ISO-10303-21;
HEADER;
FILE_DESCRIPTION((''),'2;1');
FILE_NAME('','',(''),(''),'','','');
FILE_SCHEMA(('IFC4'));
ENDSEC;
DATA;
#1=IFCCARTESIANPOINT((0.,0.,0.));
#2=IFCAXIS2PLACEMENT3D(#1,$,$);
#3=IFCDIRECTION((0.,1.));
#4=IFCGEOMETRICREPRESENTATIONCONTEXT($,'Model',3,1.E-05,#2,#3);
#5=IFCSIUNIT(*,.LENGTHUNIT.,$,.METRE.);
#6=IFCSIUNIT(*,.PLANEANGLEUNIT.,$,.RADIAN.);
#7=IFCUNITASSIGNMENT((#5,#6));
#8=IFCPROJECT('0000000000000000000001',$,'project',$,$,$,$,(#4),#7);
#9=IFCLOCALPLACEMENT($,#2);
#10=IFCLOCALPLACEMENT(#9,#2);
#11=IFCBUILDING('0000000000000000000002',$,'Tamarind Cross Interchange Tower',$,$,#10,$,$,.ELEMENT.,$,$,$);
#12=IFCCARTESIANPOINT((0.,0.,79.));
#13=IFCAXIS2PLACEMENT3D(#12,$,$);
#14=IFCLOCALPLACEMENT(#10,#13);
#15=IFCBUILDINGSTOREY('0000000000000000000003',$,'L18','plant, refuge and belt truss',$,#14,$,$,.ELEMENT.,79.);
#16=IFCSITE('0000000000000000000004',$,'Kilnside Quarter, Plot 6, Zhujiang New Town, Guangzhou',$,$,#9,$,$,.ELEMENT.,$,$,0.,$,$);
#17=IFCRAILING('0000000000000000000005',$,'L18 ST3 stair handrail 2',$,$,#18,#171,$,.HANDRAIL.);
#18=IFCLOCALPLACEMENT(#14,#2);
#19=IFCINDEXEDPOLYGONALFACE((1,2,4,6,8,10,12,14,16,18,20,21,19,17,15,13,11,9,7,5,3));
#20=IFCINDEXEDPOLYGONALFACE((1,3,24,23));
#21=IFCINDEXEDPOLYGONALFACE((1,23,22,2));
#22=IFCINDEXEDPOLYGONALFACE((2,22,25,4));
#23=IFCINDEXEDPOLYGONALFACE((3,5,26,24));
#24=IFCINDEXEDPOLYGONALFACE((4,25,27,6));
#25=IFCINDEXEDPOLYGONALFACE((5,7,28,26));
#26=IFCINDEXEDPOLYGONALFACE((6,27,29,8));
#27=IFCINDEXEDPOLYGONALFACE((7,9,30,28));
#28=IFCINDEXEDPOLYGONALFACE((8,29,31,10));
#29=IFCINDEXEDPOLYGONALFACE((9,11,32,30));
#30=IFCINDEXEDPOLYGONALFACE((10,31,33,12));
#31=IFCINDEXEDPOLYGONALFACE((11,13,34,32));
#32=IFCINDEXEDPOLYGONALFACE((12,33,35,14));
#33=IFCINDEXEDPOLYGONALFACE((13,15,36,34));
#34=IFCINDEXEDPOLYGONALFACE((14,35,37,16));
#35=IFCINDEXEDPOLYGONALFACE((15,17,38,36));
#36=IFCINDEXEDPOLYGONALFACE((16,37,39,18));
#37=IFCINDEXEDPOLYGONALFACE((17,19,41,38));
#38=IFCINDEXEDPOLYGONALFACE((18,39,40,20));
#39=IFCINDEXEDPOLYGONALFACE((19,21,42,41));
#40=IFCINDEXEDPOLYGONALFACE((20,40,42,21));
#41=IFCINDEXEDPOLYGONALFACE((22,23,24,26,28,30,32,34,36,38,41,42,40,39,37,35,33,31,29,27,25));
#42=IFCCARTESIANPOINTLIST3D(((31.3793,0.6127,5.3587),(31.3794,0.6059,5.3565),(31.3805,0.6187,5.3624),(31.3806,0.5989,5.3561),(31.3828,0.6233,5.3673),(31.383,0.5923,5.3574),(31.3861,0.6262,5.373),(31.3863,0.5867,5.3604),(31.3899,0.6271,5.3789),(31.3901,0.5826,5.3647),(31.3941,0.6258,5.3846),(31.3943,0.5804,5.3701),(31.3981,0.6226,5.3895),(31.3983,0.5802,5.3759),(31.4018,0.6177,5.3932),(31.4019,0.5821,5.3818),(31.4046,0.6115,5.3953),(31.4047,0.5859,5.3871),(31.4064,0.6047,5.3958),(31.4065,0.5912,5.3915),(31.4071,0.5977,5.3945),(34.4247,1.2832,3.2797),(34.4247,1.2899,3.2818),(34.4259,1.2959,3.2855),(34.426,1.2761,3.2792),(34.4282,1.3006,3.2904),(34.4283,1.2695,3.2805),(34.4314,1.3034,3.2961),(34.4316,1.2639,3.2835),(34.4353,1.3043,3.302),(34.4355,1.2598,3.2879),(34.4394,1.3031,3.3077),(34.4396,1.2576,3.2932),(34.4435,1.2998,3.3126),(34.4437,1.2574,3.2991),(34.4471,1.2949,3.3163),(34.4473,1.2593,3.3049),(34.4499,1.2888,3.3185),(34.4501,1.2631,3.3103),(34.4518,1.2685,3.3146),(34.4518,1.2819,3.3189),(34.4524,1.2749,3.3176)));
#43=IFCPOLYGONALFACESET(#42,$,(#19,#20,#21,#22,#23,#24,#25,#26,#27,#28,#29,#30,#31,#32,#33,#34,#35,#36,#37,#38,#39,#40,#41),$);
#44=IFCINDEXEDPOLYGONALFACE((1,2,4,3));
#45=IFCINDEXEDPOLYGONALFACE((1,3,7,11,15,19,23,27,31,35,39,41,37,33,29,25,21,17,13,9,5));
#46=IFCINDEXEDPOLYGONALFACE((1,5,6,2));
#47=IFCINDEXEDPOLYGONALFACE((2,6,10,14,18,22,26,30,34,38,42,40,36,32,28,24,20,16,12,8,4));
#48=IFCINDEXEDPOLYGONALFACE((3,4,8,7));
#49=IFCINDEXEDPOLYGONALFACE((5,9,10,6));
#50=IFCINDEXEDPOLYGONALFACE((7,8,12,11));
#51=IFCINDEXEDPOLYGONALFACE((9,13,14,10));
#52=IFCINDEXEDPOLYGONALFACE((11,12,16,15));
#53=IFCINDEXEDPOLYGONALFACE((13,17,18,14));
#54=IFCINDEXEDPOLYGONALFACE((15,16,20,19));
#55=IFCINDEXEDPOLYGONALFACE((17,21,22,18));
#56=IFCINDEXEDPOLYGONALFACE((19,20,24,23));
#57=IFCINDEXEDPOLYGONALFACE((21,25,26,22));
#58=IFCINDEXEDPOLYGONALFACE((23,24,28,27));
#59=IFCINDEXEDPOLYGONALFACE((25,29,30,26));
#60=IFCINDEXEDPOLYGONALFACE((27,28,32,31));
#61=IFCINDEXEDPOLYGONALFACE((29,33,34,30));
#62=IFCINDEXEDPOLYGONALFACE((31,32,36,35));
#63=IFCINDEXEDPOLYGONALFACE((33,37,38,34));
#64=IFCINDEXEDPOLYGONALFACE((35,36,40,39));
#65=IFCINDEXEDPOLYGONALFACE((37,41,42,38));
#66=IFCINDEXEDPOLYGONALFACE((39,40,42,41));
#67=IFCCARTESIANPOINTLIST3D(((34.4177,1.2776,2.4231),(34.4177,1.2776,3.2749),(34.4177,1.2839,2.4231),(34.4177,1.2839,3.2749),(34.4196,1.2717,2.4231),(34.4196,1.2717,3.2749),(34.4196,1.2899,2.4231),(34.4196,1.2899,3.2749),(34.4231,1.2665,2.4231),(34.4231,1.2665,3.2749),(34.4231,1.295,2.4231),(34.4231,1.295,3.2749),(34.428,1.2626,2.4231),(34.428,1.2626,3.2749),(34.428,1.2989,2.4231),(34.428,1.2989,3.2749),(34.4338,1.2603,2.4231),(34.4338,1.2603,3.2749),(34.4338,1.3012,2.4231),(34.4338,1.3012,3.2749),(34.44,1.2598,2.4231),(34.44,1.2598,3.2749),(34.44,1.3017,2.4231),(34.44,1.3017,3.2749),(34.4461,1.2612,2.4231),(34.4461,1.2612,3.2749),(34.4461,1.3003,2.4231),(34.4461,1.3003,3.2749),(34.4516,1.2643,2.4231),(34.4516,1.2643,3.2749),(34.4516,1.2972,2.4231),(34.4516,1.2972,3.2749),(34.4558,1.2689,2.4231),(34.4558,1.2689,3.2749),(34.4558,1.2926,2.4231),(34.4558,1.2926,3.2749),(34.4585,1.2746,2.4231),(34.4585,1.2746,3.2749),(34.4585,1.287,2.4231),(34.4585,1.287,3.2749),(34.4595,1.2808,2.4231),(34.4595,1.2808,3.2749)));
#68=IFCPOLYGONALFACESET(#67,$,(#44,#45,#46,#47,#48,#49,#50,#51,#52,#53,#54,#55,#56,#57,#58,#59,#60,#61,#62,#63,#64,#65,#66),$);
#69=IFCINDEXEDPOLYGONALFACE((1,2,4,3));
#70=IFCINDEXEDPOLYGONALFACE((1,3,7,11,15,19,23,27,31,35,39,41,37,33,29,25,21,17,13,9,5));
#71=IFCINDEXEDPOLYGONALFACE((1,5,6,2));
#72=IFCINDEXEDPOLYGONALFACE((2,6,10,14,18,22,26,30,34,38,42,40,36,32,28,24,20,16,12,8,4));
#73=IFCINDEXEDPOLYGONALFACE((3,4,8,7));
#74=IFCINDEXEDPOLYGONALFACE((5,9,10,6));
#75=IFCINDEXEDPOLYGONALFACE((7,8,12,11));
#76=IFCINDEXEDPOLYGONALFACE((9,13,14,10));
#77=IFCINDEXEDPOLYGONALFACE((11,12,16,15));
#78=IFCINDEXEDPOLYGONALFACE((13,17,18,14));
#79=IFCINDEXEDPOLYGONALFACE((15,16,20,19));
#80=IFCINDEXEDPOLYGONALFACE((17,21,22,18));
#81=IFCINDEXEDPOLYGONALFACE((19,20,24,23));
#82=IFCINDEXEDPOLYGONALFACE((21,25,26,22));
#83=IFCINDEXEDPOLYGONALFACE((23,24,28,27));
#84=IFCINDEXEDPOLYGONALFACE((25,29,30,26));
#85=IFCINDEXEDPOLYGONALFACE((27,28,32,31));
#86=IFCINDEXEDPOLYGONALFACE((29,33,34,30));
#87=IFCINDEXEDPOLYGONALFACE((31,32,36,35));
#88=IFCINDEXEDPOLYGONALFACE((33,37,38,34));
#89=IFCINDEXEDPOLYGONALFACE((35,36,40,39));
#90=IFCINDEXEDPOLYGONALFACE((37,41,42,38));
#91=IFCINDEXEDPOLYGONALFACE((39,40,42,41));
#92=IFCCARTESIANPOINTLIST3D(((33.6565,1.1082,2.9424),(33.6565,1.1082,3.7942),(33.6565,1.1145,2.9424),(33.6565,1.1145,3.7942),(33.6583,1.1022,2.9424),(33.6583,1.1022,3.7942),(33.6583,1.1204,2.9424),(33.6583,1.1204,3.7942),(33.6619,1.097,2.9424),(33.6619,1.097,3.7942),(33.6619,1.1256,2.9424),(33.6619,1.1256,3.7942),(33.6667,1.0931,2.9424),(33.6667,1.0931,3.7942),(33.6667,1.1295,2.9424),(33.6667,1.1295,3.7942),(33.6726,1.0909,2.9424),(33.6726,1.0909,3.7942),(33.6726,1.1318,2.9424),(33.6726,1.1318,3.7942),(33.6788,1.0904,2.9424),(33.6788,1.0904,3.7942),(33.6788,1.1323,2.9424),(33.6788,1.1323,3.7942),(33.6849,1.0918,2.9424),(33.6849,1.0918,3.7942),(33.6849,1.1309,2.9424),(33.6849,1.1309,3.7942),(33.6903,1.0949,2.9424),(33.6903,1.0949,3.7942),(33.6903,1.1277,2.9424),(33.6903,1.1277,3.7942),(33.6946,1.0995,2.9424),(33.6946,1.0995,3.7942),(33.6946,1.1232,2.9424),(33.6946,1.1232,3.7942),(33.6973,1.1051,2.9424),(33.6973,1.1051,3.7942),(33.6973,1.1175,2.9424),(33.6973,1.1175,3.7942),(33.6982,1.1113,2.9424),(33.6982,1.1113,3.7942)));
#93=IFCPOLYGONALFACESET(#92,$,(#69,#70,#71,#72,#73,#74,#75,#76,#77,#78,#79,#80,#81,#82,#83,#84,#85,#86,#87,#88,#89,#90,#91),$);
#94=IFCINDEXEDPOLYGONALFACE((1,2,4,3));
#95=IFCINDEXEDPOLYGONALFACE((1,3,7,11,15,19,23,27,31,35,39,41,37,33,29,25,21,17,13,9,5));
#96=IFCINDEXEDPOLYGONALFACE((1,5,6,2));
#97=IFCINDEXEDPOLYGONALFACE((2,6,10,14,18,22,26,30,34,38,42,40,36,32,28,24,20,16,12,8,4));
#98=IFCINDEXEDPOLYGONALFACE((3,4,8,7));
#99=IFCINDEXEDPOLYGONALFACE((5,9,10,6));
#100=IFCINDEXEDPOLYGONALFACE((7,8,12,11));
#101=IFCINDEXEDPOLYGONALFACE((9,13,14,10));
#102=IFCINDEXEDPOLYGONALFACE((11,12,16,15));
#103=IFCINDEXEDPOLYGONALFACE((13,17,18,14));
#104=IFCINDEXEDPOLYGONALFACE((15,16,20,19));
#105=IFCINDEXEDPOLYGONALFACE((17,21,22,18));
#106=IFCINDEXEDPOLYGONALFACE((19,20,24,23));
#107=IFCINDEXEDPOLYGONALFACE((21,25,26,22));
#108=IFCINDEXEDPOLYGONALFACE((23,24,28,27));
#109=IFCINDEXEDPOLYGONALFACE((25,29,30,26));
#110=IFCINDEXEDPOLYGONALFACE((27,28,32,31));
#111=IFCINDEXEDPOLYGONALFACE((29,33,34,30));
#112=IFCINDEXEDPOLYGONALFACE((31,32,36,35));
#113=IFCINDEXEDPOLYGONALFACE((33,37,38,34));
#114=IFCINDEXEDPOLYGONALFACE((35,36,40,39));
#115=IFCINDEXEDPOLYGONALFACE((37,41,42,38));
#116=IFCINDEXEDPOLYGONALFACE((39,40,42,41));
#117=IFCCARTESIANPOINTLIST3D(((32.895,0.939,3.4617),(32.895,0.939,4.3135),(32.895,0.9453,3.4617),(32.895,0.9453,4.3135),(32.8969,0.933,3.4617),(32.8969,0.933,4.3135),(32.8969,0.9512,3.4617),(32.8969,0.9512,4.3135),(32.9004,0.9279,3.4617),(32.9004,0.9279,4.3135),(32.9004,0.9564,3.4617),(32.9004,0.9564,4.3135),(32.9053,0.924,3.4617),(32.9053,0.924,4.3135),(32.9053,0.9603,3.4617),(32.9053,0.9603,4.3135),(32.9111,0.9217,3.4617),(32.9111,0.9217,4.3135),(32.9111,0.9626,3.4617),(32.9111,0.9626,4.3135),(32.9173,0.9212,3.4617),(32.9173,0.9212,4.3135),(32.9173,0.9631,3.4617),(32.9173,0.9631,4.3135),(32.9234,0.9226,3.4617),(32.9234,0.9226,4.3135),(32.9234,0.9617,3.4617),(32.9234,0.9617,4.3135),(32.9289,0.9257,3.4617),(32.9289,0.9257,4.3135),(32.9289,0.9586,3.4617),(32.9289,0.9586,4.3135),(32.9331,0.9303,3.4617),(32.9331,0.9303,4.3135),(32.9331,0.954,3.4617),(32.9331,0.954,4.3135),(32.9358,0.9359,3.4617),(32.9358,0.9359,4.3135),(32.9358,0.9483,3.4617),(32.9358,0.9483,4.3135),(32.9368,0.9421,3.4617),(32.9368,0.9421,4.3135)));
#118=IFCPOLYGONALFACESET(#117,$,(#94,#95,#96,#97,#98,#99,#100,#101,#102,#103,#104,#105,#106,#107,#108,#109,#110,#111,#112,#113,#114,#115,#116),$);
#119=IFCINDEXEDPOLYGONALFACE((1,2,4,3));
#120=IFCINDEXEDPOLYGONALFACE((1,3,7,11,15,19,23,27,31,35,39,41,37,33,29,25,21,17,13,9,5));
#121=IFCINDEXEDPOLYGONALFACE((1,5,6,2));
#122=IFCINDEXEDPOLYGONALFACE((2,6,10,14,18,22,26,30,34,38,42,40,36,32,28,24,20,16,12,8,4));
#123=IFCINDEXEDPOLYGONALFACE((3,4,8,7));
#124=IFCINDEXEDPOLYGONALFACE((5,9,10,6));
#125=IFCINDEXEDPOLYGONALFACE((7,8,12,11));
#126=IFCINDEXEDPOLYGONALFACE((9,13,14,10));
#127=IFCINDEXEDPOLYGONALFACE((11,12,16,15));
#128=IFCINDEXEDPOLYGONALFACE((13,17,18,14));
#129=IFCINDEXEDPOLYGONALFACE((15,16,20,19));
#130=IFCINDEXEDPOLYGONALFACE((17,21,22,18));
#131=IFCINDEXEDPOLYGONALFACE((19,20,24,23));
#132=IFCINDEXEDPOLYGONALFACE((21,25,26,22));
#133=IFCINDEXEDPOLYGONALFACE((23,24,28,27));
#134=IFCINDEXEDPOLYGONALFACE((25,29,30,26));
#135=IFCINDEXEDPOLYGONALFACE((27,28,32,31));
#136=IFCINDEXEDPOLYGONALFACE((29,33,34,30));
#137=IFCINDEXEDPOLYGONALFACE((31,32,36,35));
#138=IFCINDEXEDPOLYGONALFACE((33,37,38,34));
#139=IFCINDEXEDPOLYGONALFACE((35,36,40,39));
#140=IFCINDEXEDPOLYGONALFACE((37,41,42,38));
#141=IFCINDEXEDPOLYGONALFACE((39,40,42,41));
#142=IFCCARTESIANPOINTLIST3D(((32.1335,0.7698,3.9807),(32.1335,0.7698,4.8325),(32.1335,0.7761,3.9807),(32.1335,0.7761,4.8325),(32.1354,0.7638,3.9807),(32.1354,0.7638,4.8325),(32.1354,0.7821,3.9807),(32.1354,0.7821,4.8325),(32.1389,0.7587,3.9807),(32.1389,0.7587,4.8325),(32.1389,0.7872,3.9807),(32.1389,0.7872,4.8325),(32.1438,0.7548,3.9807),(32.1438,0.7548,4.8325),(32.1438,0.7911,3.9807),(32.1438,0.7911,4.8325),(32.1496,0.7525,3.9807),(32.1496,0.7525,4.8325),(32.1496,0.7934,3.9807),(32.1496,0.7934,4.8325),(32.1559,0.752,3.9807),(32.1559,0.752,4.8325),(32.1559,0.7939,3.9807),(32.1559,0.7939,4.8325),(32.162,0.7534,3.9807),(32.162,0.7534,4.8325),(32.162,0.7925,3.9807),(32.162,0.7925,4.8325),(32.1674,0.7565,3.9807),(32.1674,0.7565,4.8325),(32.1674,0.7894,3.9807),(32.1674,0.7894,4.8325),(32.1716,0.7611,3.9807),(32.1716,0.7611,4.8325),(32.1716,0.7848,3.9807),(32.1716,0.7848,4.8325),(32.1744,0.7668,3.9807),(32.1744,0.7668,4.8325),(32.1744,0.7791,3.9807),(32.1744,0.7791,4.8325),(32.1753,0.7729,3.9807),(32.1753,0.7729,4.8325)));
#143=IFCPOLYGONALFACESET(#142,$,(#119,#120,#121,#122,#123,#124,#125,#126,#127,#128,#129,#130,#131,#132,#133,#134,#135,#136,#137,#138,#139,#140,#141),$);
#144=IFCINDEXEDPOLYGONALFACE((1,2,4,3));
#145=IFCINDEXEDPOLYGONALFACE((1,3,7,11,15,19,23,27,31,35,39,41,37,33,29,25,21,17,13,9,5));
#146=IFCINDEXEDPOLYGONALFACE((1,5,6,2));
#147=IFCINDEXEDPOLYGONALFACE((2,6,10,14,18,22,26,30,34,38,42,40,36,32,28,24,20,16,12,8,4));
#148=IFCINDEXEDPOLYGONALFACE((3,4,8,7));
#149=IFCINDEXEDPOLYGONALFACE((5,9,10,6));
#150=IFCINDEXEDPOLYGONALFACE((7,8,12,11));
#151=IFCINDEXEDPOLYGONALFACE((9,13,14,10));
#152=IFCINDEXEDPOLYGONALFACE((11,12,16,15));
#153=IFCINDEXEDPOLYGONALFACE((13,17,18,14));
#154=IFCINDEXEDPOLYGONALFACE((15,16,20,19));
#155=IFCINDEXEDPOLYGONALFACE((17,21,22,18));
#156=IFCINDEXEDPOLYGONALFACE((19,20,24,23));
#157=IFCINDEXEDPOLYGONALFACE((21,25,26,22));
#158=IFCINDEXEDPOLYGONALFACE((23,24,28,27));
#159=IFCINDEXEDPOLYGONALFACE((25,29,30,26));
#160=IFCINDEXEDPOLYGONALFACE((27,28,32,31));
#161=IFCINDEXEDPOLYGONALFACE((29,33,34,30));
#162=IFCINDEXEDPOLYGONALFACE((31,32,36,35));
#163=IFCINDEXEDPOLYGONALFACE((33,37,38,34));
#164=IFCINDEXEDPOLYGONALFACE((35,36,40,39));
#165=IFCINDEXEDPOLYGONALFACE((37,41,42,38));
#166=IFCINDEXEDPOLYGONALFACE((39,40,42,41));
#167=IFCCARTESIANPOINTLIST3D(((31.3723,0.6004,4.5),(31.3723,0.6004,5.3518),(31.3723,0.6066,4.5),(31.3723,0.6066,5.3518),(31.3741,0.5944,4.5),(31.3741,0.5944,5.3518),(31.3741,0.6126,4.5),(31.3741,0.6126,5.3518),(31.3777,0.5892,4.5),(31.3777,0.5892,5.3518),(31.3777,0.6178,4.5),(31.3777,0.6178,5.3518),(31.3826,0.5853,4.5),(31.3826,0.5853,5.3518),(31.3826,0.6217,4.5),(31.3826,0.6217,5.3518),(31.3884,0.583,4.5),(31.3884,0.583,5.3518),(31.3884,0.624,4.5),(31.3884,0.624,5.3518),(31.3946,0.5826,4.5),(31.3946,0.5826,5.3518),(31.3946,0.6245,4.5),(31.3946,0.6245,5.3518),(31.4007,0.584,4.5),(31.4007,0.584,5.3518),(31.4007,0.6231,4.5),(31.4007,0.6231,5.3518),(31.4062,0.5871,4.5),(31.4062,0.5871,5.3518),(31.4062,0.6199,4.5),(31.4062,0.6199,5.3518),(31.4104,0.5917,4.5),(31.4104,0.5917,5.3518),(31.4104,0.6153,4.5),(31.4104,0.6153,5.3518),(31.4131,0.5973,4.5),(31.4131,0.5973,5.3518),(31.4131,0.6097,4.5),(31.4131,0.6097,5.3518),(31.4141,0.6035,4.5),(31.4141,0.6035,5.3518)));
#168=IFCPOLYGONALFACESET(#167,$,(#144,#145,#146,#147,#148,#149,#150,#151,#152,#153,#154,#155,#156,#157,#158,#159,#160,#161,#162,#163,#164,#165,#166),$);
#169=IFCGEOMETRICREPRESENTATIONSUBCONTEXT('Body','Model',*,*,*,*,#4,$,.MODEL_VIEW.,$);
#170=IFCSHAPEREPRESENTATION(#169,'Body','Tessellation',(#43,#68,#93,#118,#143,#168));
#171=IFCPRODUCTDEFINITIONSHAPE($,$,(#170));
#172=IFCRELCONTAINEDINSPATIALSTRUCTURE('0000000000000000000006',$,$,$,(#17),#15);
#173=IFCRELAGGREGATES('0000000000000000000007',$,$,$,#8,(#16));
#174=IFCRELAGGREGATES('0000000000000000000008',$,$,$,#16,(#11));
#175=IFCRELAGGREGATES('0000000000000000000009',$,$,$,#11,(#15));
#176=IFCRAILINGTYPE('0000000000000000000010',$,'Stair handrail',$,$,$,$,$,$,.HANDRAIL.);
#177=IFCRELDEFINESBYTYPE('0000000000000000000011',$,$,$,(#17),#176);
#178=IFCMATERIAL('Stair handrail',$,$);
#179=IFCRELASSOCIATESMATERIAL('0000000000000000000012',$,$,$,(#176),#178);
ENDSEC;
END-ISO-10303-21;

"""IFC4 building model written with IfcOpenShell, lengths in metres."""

from ifc_helpers import new_model, si_unit, direction, frame, origin, origin_2d, place, context, subcontext, project, spatial, circle, extrude, material, type_object, element, save


model = new_model("IFC4")

# Units and contexts
model_context = context("Model", 3, precision=1e-05, world=origin(), true_north=direction((0.0, 1.0)))
body_context = subcontext(model_context, "Body", "Model", "MODEL_VIEW")
ifc_project = project(units=[si_unit("LENGTHUNIT", "METRE"), si_unit("PLANEANGLEUNIT", "RADIAN")], contexts=[model_context])

# Site, building, storey
site_placement = place(None, origin())
site = spatial("IfcSite", under=ifc_project, at=site_placement, Name="Kilnside Quarter, Plot 6, Zhujiang New Town, Guangzhou", CompositionType="ELEMENT", RefElevation=0.0)
building_placement = place(site_placement, origin())
building = spatial("IfcBuilding", under=site, at=building_placement, Name="Tamarind Cross Interchange Tower", CompositionType="ELEMENT")
storey_placement = place(building_placement, frame((0.0, 0.0, 79.0)))
storey = spatial("IfcBuildingStorey", under=building, at=storey_placement, Name="L18", Description="plant, refuge and belt truss", CompositionType="ELEMENT", Elevation=79.0)

# Railing
ifc_material_1 = material(Name="Stair handrail")
railing_type_1 = type_object("IfcRailingType", Name="Stair handrail", PredefinedType="HANDRAIL", material=ifc_material_1)
railing_1_placement = place(storey_placement, frame((34.4385, 1.2808, 2.4231)))
element("IfcRailing", 1, at=railing_1_placement, inside=storey, type_object=railing_type_1, Name="L18 ST3 stair handrail 2", PredefinedType="HANDRAIL", context=body_context, shape_type="SweptSolid", body=[
    extrude(circle(Radius=0.0239, at=origin_2d()), frame((0.0, 0.0, 0.876), z_axis=(-0.812566, -0.1807, 0.554152), x_axis=(0.21708, -0.976154, 0.0)), (0.0, 0.0, 1.0), 3.7478),
    extrude(circle(Radius=0.021, at=origin_2d()), origin(), (0.0, 0.0, 1.0), 0.8518),
    extrude(circle(Radius=0.021, at=origin_2d()), frame((-0.7612, -0.1694, 0.5193)), (0.0, 0.0, 1.0), 0.8518),
    extrude(circle(Radius=0.021, at=origin_2d()), frame((-1.5227, -0.3386, 1.0386)), (0.0, 0.0, 1.0), 0.8518),
    extrude(circle(Radius=0.021, at=origin_2d()), frame((-2.2842, -0.5078, 1.5576)), (0.0, 0.0, 1.0), 0.8518),
    extrude(circle(Radius=0.021, at=origin_2d()), frame((-3.0454, -0.6772, 2.0769)), (0.0, 0.0, 1.0), 0.8518),
])

save(model, "model.ifc")
